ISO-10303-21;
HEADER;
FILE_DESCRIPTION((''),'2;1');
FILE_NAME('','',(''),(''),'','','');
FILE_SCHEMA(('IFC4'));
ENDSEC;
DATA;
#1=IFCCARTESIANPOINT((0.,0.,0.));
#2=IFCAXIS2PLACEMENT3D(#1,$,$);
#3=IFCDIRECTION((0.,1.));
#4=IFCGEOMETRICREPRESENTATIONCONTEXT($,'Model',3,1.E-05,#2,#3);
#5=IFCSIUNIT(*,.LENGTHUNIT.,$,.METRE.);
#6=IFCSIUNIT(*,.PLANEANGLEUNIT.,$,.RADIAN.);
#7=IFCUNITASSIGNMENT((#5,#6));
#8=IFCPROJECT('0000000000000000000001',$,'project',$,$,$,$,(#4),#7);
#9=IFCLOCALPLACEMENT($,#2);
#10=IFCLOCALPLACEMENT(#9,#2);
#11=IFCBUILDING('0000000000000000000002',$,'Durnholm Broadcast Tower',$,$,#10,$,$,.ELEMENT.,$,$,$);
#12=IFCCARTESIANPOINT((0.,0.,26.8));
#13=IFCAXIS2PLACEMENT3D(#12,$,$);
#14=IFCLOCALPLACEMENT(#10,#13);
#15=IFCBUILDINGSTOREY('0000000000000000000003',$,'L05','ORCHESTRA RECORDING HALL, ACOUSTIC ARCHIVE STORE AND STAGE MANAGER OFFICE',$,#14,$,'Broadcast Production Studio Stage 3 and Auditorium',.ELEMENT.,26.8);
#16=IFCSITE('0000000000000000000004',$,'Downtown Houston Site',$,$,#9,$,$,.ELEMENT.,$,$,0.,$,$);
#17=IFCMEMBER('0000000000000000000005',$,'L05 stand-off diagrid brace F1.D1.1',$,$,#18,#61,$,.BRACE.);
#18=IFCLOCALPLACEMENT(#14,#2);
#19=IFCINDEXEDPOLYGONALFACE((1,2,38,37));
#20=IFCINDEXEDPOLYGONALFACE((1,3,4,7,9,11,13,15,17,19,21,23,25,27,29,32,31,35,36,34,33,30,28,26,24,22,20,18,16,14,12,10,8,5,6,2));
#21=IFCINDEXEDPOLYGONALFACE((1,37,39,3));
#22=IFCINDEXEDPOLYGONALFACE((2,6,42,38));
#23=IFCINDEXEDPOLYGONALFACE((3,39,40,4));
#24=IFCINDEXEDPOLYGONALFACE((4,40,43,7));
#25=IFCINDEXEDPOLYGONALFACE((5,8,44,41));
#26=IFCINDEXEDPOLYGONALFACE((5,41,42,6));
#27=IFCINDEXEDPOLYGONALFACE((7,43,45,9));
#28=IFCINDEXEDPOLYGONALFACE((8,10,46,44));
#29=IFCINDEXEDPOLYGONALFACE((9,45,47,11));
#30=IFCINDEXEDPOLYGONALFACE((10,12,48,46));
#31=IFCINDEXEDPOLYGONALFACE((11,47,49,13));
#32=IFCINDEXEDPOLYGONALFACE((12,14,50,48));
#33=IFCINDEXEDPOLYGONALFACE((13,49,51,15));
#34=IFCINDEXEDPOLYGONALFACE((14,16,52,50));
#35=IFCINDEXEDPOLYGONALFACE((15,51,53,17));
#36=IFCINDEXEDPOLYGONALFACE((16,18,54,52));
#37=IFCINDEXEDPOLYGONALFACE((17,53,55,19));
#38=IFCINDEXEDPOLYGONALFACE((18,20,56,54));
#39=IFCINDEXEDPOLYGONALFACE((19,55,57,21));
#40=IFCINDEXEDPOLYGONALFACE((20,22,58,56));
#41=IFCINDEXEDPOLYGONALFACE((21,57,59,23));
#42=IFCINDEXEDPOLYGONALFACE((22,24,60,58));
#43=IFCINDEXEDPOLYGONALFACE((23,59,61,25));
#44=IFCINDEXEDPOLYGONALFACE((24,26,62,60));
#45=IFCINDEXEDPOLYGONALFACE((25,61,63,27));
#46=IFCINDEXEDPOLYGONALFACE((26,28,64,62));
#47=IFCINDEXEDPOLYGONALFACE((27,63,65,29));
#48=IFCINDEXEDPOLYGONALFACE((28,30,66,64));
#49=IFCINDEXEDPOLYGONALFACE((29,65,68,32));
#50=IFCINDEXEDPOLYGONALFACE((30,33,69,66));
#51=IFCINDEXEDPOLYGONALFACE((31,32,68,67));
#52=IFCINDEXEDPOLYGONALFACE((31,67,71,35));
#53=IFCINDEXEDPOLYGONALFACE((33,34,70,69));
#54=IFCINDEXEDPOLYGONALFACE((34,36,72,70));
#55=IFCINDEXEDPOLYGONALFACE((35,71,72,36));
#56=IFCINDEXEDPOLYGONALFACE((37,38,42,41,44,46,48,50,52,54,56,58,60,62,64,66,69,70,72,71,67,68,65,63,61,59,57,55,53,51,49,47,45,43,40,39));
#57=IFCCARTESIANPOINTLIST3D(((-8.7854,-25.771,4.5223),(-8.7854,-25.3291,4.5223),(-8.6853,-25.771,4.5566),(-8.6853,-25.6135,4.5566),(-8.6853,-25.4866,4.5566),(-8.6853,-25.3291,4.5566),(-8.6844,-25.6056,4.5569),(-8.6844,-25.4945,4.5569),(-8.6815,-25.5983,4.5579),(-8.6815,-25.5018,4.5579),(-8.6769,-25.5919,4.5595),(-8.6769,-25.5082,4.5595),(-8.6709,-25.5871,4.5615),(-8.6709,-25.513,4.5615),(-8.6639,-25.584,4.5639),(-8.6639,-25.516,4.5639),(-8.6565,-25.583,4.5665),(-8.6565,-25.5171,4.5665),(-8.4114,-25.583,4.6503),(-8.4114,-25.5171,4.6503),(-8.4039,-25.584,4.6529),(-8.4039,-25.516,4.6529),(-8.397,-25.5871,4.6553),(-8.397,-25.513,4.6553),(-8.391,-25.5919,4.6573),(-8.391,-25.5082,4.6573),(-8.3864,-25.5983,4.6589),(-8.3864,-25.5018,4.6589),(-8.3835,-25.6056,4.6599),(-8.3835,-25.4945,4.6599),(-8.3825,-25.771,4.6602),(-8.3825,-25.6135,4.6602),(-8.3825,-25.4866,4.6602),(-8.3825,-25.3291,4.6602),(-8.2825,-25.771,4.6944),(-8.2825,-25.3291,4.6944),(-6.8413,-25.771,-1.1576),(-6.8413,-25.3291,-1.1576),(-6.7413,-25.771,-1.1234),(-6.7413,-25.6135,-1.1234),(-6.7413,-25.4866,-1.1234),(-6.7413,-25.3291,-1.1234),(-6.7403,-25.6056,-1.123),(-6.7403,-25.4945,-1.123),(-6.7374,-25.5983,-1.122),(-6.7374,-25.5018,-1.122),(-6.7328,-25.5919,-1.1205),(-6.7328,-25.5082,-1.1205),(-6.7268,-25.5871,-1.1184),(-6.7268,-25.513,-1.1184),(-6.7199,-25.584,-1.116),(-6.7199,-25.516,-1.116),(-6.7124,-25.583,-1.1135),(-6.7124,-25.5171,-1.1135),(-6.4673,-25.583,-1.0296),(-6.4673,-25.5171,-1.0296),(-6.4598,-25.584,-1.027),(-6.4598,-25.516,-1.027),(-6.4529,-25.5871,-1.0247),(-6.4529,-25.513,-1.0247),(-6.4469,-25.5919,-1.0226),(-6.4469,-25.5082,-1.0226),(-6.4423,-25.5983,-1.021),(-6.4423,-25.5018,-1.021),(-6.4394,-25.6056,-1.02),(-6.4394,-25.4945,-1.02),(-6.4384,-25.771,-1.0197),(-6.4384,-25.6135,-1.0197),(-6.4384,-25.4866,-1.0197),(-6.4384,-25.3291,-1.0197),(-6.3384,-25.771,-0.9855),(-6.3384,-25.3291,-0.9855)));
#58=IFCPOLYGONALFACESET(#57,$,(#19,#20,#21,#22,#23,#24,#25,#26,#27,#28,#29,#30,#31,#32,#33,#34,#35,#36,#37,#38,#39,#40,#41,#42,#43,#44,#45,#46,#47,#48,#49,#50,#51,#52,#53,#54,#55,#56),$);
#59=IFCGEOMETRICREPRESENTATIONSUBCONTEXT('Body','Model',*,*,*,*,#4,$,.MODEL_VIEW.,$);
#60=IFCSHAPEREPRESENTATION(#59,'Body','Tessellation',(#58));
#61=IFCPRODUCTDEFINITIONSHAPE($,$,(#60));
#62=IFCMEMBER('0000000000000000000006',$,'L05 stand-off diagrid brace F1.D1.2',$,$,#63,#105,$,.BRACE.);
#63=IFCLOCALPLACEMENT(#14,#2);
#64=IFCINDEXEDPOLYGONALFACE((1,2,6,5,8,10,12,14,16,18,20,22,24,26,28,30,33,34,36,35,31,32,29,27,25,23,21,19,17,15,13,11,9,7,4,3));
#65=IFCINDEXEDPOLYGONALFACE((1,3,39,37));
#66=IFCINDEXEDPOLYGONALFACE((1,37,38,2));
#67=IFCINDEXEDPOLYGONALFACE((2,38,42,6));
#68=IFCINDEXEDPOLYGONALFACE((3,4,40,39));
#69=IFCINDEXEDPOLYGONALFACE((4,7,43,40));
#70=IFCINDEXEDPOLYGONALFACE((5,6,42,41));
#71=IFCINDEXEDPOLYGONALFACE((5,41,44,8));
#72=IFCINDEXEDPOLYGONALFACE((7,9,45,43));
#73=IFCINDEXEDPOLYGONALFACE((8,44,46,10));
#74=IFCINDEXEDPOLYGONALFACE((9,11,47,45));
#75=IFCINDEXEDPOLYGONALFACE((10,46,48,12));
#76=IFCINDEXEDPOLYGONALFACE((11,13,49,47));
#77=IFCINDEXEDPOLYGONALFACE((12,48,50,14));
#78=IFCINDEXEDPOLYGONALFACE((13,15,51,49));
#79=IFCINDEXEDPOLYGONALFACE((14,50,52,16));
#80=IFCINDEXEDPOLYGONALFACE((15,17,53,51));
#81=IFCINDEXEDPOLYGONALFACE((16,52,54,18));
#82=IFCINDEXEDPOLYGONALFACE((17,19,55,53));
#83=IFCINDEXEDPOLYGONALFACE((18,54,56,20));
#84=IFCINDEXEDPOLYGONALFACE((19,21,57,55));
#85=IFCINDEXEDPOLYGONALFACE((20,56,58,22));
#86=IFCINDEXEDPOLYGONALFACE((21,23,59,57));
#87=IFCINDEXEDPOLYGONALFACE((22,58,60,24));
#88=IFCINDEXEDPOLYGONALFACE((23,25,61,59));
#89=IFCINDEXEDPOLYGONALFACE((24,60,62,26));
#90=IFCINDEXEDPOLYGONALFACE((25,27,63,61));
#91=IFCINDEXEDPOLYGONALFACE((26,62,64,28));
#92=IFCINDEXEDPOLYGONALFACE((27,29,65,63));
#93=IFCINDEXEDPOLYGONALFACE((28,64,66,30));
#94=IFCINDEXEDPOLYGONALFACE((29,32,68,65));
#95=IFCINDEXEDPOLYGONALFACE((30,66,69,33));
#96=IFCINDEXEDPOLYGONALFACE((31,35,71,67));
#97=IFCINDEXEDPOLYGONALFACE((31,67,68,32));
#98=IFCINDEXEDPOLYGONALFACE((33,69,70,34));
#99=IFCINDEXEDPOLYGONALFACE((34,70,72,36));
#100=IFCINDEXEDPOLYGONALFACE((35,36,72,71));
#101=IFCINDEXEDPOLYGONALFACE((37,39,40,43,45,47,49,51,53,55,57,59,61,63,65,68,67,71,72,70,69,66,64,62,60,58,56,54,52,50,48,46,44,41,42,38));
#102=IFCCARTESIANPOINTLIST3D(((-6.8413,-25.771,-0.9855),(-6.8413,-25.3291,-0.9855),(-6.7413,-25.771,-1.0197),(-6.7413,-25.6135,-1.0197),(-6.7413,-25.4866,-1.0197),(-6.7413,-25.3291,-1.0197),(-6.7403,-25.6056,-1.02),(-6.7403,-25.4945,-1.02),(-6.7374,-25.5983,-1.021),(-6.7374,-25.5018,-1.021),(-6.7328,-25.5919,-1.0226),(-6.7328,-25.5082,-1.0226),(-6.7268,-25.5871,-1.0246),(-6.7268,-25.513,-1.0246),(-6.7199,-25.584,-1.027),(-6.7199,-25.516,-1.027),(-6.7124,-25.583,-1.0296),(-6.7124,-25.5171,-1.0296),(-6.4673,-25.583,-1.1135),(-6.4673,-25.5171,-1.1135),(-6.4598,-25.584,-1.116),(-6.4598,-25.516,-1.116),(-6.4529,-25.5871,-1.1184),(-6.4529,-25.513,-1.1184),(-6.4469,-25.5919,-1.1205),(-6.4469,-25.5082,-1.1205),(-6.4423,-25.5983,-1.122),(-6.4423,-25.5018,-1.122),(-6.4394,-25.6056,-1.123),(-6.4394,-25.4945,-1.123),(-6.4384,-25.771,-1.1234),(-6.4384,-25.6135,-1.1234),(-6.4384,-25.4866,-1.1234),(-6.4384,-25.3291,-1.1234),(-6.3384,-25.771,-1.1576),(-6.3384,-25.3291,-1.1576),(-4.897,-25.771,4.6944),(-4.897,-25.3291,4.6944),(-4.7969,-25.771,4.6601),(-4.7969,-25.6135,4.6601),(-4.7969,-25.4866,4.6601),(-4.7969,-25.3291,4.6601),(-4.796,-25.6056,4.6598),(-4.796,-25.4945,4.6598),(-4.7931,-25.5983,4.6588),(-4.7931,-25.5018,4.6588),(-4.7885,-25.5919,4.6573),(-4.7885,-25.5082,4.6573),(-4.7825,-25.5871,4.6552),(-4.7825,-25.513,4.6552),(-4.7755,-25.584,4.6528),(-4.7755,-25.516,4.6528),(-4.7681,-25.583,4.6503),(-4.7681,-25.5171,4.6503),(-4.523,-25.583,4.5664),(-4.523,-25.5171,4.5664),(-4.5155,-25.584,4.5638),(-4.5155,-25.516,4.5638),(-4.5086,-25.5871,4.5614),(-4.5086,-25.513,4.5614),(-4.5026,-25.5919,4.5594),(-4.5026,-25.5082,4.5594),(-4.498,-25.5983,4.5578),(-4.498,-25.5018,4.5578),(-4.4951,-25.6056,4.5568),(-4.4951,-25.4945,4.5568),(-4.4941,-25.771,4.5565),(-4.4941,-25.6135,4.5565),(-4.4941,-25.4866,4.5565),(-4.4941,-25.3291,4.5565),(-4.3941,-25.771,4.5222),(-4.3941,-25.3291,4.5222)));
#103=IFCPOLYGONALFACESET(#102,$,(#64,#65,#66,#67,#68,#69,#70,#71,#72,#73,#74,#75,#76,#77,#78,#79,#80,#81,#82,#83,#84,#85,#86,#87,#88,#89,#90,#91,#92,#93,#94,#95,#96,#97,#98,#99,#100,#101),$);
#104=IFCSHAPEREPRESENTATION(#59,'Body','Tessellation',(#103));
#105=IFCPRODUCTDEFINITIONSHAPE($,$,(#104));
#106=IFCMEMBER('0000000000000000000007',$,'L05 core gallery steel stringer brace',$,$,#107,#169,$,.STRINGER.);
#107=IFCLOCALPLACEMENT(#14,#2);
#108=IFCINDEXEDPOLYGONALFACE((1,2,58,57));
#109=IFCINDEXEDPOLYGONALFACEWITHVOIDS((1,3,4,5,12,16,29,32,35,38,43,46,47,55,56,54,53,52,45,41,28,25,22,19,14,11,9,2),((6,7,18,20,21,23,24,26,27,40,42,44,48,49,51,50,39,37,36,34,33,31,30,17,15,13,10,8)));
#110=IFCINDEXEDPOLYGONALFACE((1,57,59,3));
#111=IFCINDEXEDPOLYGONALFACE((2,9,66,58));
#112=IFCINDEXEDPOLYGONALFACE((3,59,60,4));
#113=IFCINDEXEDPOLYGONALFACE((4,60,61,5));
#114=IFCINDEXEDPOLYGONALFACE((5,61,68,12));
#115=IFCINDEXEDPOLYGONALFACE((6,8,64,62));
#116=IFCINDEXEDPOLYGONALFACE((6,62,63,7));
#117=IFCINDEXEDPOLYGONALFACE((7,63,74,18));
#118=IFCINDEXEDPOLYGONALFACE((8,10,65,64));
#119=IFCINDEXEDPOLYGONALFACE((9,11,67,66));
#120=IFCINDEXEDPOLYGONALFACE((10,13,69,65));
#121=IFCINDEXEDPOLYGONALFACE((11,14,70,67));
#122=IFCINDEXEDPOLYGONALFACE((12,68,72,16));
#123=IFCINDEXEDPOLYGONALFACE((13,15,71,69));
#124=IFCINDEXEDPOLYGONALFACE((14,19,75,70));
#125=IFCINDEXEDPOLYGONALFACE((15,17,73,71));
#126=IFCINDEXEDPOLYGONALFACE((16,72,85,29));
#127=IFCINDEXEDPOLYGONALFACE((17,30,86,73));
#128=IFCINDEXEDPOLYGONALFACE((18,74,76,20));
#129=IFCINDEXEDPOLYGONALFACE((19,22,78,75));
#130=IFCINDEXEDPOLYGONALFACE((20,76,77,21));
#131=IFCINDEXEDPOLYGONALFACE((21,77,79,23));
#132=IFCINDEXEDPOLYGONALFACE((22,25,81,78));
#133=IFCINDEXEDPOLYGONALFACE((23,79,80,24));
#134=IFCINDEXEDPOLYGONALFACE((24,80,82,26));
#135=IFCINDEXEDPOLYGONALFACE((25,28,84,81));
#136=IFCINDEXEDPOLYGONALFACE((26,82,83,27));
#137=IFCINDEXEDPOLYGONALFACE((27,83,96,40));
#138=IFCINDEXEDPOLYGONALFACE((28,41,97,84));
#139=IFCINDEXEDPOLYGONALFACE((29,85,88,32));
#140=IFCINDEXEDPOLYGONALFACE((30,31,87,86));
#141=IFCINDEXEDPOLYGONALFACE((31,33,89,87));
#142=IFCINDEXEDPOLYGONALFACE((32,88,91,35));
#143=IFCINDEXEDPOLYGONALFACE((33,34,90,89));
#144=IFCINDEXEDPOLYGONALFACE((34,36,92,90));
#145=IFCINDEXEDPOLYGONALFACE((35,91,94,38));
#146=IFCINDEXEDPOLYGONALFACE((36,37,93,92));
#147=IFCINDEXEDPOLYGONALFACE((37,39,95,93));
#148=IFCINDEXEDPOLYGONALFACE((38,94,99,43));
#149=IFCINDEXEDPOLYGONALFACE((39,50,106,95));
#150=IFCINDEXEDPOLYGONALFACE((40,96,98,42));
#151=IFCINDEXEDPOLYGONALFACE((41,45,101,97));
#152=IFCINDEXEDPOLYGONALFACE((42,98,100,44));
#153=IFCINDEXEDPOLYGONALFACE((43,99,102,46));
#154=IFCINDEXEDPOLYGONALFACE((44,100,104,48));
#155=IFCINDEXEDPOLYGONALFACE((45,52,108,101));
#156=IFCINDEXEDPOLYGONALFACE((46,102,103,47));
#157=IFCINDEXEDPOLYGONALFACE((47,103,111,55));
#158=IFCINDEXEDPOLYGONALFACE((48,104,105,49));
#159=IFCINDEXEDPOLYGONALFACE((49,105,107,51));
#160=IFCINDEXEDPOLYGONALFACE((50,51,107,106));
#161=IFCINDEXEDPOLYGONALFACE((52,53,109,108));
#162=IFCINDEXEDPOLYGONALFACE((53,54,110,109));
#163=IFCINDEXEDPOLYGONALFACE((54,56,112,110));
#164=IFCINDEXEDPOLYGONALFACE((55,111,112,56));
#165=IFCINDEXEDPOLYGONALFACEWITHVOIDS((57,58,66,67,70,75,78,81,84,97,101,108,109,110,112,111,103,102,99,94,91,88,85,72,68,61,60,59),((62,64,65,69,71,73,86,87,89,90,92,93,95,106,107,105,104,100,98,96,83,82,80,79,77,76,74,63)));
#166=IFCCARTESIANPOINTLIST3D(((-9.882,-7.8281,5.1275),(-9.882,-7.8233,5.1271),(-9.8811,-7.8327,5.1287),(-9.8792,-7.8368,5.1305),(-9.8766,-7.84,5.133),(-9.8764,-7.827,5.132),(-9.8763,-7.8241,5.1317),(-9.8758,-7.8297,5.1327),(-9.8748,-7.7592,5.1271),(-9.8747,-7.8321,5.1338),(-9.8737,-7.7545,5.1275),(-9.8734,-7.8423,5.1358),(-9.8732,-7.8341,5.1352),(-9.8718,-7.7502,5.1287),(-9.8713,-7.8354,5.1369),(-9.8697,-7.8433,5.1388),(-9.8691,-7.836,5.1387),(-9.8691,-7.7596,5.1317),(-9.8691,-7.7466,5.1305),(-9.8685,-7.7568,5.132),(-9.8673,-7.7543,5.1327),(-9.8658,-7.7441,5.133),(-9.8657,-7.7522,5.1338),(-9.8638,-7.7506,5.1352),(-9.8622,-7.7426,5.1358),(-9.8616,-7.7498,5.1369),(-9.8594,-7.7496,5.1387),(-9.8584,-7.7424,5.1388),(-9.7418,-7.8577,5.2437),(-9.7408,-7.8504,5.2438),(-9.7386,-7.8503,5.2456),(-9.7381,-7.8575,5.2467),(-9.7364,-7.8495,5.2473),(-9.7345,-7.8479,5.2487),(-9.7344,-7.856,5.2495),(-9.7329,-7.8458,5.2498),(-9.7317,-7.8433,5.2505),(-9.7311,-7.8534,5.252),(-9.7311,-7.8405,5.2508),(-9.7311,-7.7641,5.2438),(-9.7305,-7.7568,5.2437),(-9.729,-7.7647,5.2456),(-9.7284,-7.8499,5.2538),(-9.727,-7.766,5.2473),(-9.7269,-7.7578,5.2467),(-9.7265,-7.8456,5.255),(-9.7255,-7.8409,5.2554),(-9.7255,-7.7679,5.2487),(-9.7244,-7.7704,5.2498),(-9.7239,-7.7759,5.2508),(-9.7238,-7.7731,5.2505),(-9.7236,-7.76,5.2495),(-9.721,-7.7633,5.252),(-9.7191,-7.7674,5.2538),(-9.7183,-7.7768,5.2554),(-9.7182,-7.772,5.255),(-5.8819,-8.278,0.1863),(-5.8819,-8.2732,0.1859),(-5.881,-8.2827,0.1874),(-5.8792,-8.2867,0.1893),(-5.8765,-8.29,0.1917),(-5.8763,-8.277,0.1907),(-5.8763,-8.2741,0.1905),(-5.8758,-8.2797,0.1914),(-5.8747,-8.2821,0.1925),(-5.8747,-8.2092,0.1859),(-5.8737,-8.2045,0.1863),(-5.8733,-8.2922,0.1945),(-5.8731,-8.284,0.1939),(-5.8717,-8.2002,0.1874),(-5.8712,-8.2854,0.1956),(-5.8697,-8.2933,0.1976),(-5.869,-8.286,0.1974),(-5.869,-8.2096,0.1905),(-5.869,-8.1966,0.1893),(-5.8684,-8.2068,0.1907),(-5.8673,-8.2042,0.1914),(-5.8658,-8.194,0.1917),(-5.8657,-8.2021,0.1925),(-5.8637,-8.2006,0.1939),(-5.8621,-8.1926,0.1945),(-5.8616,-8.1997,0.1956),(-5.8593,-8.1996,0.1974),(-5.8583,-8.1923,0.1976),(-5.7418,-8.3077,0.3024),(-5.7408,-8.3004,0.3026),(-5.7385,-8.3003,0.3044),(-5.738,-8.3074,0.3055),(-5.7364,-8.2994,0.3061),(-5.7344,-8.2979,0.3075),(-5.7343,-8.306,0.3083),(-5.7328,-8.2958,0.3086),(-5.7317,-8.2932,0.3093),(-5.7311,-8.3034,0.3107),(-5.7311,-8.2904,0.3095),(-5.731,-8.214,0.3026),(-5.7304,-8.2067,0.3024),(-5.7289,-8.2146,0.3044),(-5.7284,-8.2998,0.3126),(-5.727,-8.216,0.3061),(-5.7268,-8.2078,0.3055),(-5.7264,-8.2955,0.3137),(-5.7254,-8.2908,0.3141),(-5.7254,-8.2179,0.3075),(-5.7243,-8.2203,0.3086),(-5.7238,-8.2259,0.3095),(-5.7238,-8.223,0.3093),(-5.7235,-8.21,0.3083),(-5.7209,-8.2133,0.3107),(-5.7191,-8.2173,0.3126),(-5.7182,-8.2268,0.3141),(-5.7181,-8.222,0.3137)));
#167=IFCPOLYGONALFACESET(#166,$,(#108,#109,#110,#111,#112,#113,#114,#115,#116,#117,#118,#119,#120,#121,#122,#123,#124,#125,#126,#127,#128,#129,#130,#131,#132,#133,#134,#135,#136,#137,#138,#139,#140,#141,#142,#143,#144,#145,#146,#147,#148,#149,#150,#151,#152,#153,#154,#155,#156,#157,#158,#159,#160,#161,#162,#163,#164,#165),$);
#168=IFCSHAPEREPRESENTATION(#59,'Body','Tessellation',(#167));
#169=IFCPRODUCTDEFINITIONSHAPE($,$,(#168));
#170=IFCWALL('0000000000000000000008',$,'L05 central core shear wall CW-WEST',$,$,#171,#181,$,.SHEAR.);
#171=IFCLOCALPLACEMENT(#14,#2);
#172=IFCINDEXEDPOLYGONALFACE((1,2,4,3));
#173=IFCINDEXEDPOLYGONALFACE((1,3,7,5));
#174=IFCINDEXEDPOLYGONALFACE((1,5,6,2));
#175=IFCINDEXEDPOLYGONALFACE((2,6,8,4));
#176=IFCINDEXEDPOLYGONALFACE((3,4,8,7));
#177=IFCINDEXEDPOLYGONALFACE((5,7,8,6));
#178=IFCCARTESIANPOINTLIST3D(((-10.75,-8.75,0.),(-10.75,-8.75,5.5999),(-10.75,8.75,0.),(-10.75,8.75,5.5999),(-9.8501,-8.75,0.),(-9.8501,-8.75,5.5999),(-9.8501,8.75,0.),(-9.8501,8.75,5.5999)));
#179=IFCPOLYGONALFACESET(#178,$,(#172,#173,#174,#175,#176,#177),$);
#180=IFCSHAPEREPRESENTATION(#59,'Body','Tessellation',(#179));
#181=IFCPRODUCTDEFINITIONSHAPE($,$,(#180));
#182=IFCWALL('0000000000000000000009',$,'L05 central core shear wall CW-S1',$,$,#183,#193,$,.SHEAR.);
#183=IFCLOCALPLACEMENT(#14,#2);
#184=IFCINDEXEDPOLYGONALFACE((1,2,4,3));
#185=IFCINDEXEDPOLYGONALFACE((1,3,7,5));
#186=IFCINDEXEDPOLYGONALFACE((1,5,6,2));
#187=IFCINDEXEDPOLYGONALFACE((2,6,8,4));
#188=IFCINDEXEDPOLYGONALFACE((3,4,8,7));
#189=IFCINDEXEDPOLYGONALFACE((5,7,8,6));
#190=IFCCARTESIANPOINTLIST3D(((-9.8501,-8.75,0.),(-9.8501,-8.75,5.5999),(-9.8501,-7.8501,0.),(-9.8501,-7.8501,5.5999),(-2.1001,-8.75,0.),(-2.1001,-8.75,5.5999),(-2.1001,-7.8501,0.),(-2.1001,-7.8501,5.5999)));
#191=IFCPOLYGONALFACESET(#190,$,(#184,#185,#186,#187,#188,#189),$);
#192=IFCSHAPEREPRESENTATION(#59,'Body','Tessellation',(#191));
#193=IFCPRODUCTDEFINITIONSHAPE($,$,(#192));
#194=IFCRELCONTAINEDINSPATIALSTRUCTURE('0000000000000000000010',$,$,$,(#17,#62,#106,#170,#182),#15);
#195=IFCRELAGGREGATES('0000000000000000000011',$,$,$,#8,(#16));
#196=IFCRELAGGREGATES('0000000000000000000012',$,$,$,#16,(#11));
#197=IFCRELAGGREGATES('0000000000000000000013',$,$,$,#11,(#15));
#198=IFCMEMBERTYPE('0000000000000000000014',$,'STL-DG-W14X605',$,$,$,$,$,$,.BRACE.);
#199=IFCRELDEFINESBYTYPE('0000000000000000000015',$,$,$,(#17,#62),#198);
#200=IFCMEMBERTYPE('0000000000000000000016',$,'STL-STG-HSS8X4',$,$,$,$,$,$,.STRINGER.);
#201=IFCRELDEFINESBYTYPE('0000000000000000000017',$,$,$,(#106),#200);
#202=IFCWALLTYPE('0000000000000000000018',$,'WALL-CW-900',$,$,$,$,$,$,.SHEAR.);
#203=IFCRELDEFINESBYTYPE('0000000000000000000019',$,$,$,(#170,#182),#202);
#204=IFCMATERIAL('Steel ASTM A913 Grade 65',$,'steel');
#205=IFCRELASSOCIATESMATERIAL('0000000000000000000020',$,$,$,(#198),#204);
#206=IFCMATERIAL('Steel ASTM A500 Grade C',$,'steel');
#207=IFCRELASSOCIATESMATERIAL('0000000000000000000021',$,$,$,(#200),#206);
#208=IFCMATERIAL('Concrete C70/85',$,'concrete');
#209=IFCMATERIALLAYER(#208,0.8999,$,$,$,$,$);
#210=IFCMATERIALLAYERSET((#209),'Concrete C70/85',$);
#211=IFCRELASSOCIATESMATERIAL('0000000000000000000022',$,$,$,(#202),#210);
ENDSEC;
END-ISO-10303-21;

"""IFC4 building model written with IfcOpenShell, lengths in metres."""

from ifc_helpers import new_model, si_unit, direction, frame, frame_2d, origin, origin_2d, place, context, subcontext, project, spatial, rectangle, hollow_rectangle, i_section, extrude, source, transform, mapped, material, layer, layer_set, material_profile, profile_set, type_object, type_shapes, element, save


model = new_model("IFC4")

# Units and contexts
model_context = context("Model", 3, precision=1e-05, world=origin(), true_north=direction((0.0, 1.0)))
body_context = subcontext(model_context, "Body", "Model", "MODEL_VIEW")
ifc_project = project(units=[si_unit("LENGTHUNIT", "METRE"), si_unit("PLANEANGLEUNIT", "RADIAN")], contexts=[model_context])

# Site, building, storey
site_placement = place(None, origin())
site = spatial("IfcSite", under=ifc_project, at=site_placement, Name="Downtown Houston Site", CompositionType="ELEMENT", RefElevation=0.0)
building_placement = place(site_placement, origin())
building = spatial("IfcBuilding", under=site, at=building_placement, Name="Durnholm Broadcast Tower", CompositionType="ELEMENT")
storey_placement = place(building_placement, frame((0.0, 0.0, 26.8)))
storey = spatial("IfcBuildingStorey", under=building, at=storey_placement, Name="L05", Description="ORCHESTRA RECORDING HALL, ACOUSTIC ARCHIVE STORE AND STAGE MANAGER OFFICE", LongName="Broadcast Production Studio Stage 3 and Auditorium", CompositionType="ELEMENT", Elevation=26.8)

# Shared definitions
ifc_material_1 = material(Name="Concrete C70/85", Category="concrete")

# Members
ifc_material_2 = material(Name="Steel ASTM A913 Grade 65", Category="steel")
ifc_material_profile_1 = material_profile(ifc_material_2, i_section(OverallWidth=0.4419, OverallDepth=0.5315, WebThickness=0.0659, FlangeThickness=0.1057, FilletRadius=0.0305, at=origin_2d()), Name="W14X605")
ifc_profile_set_1 = profile_set([ifc_material_profile_1], Name="Steel ASTM A913 Grade 65")
member_type_1 = type_object("IfcMemberType", Name="STL-DG-W14X605", PredefinedType="BRACE", material=ifc_profile_set_1)
shared_shape_1 = source(origin(), body_context, "Body", "SweptSolid", [
    extrude(i_section(OverallWidth=0.4419, OverallDepth=0.5315, WebThickness=0.0659, FlangeThickness=0.1057, FilletRadius=0.0305, at=origin_2d()), origin(), (0.0, 0.0, 1.0), 6.0034),
])
type_shapes(member_type_1, [shared_shape_1])
for number, where, z_axis, x_axis, name in (
    (1, (-6.5898, -25.55, -1.0715), (-0.32383, 0.0, 0.946115), (0.0, -1.0, 0.0), "L05 stand-off diagrid brace F1.D1.1"),
    (2, (-6.5898, -25.55, -1.0715), (0.323867, 0.0, 0.946103), (0.0, 1.0, 0.0), "L05 stand-off diagrid brace F1.D1.2"),
):
    element("IfcMember", number, at=place(storey_placement, frame(where, z_axis=z_axis, x_axis=x_axis)), inside=storey, type_object=member_type_1, Name=name, PredefinedType="BRACE", context=body_context, shape_type="MappedRepresentation", body=[
        mapped(shared_shape_1, transform((0.0, 0.0, 0.0), x_axis=(1.0, 0.0, 0.0), y_axis=(0.0, 1.0, 0.0), z_axis=(0.0, 0.0, 1.0), scale=1.0)),
    ])
ifc_material_3 = material(Name="Steel ASTM A500 Grade C", Category="steel")
ifc_material_profile_2 = material_profile(ifc_material_3, hollow_rectangle(XDim=0.1016, YDim=0.2031, WallThickness=0.0073, InnerFilletRadius=0.011, OuterFilletRadius=0.0186, at=origin_2d()), Name="HSS8X4X5/16")
ifc_profile_set_2 = profile_set([ifc_material_profile_2], Name="Steel ASTM A500 Grade C")
member_type_2 = type_object("IfcMemberType", Name="STL-STG-HSS8X4", PredefinedType="STRINGER", material=ifc_profile_set_2)
shared_shape_2 = source(origin(), body_context, "Body", "SweptSolid", [
    extrude(hollow_rectangle(XDim=0.1016, YDim=0.2031, WallThickness=0.0073, InnerFilletRadius=0.011, OuterFilletRadius=0.0186, at=origin_2d()), origin(), (0.0, 0.0, 1.0), 6.3733),
])
type_shapes(member_type_2, [shared_shape_2])
member_placement = place(storey_placement, frame((-5.8, -8.25, 0.25), z_axis=(-0.627629, 0.070601, 0.775304), x_axis=(-0.111783, -0.993733, 0.0)))
element("IfcMember", 3, at=member_placement, inside=storey, type_object=member_type_2, Name="L05 core gallery steel stringer brace", PredefinedType="STRINGER", context=body_context, shape_type="MappedRepresentation", body=[
    mapped(shared_shape_2, transform((0.0, 0.0, 0.0), x_axis=(1.0, 0.0, 0.0), y_axis=(0.0, 1.0, 0.0), z_axis=(0.0, 0.0, 1.0), scale=1.0)),
])

# Walls
ifc_layer_1 = layer(ifc_material_1, 0.8999)
ifc_layer_set_1 = layer_set([ifc_layer_1], Name="Concrete C70/85")
wall_type_1 = type_object("IfcWallType", Name="WALL-CW-900", PredefinedType="SHEAR", material=ifc_layer_set_1)
wall_1_placement = place(storey_placement, frame((-10.3, -8.75, 0.0), z_axis=(0.0, 0.0, 1.0), x_axis=(0.0, 1.0, 0.0)))
element("IfcWall", 4, at=wall_1_placement, inside=storey, type_object=wall_type_1, Name="L05 central core shear wall CW-WEST", PredefinedType="SHEAR", context=body_context, shape_type="SweptSolid", body=[
    extrude(rectangle(XDim=17.5, YDim=0.8999, at=frame_2d((8.75, 0.0))), origin(), (0.0, 0.0, 1.0), 5.5999),
])
wall_2_placement = place(storey_placement, frame((-9.8501, -8.3, 0.0), z_axis=(0.0, 0.0, 1.0), x_axis=(1.0, 0.0, 0.0)))
element("IfcWall", 5, at=wall_2_placement, inside=storey, type_object=wall_type_1, Name="L05 central core shear wall CW-S1", PredefinedType="SHEAR", context=body_context, shape_type="SweptSolid", body=[
    extrude(rectangle(XDim=7.75, YDim=0.8999, at=frame_2d((3.875, 0.0))), origin(), (0.0, 0.0, 1.0), 5.5999),
])

save(model, "model.ifc")
